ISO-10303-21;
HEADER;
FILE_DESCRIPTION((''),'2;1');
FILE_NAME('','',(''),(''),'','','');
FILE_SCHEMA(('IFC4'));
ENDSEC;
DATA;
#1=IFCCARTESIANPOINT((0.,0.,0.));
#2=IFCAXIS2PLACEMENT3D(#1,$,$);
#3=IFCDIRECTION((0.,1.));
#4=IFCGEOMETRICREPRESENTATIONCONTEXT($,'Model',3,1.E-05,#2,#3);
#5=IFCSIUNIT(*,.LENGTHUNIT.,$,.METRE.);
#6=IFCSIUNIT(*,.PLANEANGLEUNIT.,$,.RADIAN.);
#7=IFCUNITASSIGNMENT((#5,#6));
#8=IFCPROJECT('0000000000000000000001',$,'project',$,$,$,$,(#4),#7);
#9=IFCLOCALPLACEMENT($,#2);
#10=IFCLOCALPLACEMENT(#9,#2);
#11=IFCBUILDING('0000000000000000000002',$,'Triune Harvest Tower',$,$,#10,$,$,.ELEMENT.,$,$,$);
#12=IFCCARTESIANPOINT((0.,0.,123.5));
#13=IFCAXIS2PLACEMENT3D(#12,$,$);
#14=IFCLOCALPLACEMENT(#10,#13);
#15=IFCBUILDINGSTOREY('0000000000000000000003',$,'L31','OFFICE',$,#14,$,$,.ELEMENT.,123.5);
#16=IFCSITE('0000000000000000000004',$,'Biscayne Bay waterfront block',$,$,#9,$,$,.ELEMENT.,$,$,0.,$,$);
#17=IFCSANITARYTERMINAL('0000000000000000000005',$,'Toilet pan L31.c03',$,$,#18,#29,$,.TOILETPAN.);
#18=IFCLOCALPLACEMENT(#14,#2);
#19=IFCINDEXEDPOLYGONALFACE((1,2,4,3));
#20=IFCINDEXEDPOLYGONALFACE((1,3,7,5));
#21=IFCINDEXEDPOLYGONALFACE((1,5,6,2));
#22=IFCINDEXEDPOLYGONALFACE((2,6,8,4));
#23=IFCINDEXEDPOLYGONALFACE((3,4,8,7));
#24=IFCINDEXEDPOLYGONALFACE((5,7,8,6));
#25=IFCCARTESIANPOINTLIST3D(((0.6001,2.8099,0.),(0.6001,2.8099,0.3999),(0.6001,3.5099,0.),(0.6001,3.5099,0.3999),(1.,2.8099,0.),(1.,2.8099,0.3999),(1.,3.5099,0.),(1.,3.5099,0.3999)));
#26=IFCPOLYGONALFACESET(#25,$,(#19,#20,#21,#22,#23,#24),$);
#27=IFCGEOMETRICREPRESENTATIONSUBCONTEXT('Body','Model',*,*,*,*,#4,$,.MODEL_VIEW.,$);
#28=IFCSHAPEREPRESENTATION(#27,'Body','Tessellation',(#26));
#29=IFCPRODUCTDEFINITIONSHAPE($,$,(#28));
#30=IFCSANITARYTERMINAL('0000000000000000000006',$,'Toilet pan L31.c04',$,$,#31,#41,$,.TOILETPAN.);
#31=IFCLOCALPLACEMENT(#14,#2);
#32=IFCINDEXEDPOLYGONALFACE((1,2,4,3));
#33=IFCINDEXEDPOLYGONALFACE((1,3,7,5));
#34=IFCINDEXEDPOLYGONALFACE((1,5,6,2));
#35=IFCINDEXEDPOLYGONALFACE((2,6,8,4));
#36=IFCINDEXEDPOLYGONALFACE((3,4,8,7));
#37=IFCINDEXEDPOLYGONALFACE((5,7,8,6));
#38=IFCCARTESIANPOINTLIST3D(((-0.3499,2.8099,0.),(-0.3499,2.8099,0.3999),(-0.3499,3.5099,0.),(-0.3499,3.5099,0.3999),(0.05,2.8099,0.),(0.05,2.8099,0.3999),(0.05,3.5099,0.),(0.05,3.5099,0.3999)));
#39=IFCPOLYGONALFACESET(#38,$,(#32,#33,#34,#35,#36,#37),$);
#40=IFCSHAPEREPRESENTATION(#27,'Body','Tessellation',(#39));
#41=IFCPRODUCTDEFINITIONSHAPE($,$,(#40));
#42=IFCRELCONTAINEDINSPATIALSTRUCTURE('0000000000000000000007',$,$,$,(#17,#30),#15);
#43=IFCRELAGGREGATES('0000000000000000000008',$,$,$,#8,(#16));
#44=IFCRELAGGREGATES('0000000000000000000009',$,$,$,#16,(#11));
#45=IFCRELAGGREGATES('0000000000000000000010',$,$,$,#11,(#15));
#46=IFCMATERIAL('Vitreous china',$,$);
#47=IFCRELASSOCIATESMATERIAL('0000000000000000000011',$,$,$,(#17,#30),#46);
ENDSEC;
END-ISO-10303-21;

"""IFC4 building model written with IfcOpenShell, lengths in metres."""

from ifc_helpers import new_model, si_unit, direction, frame, origin, origin_2d, place, context, subcontext, project, spatial, rectangle, extrude, source, transform, mapped, material, element, save


model = new_model("IFC4")

# Units and contexts
model_context = context("Model", 3, precision=1e-05, world=origin(), true_north=direction((0.0, 1.0)))
body_context = subcontext(model_context, "Body", "Model", "MODEL_VIEW")
ifc_project = project(units=[si_unit("LENGTHUNIT", "METRE"), si_unit("PLANEANGLEUNIT", "RADIAN")], contexts=[model_context])

# Site, building, storey
site_placement = place(None, origin())
site = spatial("IfcSite", under=ifc_project, at=site_placement, Name="Biscayne Bay waterfront block", CompositionType="ELEMENT", RefElevation=0.0)
building_placement = place(site_placement, origin())
building = spatial("IfcBuilding", under=site, at=building_placement, Name="Triune Harvest Tower", CompositionType="ELEMENT")
storey_placement = place(building_placement, frame((0.0, 0.0, 123.5)))
storey = spatial("IfcBuildingStorey", under=building, at=storey_placement, Name="L31", Description="OFFICE", CompositionType="ELEMENT", Elevation=123.5)

# Sanitary terminals
ifc_material_1 = material(Name="Vitreous china")
shared_shape_1 = source(origin(), body_context, "Body", "SweptSolid", [
    extrude(rectangle(XDim=0.3999, YDim=0.7, at=origin_2d()), origin(), (0.0, 0.0, 1.0), 0.3999),
])
for number, where, z_axis, x_axis, name in (
    (1, (0.8, 3.1599, 0.0), (0.0, 0.0, 1.0), (-1.0, 0.0, 0.0), "Toilet pan L31.c03"),
    (2, (-0.1499, 3.1599, 0.0), (0.0, 0.0, 1.0), (-1.0, 0.0, 0.0), "Toilet pan L31.c04"),
):
    element("IfcSanitaryTerminal", number, at=place(storey_placement, frame(where, z_axis=z_axis, x_axis=x_axis)), inside=storey, material=ifc_material_1, Name=name, PredefinedType="TOILETPAN", context=body_context, shape_type="MappedRepresentation", body=[
        mapped(shared_shape_1, transform((0.0, 0.0, 0.0), scale=1.0)),
    ])

save(model, "model.ifc")
